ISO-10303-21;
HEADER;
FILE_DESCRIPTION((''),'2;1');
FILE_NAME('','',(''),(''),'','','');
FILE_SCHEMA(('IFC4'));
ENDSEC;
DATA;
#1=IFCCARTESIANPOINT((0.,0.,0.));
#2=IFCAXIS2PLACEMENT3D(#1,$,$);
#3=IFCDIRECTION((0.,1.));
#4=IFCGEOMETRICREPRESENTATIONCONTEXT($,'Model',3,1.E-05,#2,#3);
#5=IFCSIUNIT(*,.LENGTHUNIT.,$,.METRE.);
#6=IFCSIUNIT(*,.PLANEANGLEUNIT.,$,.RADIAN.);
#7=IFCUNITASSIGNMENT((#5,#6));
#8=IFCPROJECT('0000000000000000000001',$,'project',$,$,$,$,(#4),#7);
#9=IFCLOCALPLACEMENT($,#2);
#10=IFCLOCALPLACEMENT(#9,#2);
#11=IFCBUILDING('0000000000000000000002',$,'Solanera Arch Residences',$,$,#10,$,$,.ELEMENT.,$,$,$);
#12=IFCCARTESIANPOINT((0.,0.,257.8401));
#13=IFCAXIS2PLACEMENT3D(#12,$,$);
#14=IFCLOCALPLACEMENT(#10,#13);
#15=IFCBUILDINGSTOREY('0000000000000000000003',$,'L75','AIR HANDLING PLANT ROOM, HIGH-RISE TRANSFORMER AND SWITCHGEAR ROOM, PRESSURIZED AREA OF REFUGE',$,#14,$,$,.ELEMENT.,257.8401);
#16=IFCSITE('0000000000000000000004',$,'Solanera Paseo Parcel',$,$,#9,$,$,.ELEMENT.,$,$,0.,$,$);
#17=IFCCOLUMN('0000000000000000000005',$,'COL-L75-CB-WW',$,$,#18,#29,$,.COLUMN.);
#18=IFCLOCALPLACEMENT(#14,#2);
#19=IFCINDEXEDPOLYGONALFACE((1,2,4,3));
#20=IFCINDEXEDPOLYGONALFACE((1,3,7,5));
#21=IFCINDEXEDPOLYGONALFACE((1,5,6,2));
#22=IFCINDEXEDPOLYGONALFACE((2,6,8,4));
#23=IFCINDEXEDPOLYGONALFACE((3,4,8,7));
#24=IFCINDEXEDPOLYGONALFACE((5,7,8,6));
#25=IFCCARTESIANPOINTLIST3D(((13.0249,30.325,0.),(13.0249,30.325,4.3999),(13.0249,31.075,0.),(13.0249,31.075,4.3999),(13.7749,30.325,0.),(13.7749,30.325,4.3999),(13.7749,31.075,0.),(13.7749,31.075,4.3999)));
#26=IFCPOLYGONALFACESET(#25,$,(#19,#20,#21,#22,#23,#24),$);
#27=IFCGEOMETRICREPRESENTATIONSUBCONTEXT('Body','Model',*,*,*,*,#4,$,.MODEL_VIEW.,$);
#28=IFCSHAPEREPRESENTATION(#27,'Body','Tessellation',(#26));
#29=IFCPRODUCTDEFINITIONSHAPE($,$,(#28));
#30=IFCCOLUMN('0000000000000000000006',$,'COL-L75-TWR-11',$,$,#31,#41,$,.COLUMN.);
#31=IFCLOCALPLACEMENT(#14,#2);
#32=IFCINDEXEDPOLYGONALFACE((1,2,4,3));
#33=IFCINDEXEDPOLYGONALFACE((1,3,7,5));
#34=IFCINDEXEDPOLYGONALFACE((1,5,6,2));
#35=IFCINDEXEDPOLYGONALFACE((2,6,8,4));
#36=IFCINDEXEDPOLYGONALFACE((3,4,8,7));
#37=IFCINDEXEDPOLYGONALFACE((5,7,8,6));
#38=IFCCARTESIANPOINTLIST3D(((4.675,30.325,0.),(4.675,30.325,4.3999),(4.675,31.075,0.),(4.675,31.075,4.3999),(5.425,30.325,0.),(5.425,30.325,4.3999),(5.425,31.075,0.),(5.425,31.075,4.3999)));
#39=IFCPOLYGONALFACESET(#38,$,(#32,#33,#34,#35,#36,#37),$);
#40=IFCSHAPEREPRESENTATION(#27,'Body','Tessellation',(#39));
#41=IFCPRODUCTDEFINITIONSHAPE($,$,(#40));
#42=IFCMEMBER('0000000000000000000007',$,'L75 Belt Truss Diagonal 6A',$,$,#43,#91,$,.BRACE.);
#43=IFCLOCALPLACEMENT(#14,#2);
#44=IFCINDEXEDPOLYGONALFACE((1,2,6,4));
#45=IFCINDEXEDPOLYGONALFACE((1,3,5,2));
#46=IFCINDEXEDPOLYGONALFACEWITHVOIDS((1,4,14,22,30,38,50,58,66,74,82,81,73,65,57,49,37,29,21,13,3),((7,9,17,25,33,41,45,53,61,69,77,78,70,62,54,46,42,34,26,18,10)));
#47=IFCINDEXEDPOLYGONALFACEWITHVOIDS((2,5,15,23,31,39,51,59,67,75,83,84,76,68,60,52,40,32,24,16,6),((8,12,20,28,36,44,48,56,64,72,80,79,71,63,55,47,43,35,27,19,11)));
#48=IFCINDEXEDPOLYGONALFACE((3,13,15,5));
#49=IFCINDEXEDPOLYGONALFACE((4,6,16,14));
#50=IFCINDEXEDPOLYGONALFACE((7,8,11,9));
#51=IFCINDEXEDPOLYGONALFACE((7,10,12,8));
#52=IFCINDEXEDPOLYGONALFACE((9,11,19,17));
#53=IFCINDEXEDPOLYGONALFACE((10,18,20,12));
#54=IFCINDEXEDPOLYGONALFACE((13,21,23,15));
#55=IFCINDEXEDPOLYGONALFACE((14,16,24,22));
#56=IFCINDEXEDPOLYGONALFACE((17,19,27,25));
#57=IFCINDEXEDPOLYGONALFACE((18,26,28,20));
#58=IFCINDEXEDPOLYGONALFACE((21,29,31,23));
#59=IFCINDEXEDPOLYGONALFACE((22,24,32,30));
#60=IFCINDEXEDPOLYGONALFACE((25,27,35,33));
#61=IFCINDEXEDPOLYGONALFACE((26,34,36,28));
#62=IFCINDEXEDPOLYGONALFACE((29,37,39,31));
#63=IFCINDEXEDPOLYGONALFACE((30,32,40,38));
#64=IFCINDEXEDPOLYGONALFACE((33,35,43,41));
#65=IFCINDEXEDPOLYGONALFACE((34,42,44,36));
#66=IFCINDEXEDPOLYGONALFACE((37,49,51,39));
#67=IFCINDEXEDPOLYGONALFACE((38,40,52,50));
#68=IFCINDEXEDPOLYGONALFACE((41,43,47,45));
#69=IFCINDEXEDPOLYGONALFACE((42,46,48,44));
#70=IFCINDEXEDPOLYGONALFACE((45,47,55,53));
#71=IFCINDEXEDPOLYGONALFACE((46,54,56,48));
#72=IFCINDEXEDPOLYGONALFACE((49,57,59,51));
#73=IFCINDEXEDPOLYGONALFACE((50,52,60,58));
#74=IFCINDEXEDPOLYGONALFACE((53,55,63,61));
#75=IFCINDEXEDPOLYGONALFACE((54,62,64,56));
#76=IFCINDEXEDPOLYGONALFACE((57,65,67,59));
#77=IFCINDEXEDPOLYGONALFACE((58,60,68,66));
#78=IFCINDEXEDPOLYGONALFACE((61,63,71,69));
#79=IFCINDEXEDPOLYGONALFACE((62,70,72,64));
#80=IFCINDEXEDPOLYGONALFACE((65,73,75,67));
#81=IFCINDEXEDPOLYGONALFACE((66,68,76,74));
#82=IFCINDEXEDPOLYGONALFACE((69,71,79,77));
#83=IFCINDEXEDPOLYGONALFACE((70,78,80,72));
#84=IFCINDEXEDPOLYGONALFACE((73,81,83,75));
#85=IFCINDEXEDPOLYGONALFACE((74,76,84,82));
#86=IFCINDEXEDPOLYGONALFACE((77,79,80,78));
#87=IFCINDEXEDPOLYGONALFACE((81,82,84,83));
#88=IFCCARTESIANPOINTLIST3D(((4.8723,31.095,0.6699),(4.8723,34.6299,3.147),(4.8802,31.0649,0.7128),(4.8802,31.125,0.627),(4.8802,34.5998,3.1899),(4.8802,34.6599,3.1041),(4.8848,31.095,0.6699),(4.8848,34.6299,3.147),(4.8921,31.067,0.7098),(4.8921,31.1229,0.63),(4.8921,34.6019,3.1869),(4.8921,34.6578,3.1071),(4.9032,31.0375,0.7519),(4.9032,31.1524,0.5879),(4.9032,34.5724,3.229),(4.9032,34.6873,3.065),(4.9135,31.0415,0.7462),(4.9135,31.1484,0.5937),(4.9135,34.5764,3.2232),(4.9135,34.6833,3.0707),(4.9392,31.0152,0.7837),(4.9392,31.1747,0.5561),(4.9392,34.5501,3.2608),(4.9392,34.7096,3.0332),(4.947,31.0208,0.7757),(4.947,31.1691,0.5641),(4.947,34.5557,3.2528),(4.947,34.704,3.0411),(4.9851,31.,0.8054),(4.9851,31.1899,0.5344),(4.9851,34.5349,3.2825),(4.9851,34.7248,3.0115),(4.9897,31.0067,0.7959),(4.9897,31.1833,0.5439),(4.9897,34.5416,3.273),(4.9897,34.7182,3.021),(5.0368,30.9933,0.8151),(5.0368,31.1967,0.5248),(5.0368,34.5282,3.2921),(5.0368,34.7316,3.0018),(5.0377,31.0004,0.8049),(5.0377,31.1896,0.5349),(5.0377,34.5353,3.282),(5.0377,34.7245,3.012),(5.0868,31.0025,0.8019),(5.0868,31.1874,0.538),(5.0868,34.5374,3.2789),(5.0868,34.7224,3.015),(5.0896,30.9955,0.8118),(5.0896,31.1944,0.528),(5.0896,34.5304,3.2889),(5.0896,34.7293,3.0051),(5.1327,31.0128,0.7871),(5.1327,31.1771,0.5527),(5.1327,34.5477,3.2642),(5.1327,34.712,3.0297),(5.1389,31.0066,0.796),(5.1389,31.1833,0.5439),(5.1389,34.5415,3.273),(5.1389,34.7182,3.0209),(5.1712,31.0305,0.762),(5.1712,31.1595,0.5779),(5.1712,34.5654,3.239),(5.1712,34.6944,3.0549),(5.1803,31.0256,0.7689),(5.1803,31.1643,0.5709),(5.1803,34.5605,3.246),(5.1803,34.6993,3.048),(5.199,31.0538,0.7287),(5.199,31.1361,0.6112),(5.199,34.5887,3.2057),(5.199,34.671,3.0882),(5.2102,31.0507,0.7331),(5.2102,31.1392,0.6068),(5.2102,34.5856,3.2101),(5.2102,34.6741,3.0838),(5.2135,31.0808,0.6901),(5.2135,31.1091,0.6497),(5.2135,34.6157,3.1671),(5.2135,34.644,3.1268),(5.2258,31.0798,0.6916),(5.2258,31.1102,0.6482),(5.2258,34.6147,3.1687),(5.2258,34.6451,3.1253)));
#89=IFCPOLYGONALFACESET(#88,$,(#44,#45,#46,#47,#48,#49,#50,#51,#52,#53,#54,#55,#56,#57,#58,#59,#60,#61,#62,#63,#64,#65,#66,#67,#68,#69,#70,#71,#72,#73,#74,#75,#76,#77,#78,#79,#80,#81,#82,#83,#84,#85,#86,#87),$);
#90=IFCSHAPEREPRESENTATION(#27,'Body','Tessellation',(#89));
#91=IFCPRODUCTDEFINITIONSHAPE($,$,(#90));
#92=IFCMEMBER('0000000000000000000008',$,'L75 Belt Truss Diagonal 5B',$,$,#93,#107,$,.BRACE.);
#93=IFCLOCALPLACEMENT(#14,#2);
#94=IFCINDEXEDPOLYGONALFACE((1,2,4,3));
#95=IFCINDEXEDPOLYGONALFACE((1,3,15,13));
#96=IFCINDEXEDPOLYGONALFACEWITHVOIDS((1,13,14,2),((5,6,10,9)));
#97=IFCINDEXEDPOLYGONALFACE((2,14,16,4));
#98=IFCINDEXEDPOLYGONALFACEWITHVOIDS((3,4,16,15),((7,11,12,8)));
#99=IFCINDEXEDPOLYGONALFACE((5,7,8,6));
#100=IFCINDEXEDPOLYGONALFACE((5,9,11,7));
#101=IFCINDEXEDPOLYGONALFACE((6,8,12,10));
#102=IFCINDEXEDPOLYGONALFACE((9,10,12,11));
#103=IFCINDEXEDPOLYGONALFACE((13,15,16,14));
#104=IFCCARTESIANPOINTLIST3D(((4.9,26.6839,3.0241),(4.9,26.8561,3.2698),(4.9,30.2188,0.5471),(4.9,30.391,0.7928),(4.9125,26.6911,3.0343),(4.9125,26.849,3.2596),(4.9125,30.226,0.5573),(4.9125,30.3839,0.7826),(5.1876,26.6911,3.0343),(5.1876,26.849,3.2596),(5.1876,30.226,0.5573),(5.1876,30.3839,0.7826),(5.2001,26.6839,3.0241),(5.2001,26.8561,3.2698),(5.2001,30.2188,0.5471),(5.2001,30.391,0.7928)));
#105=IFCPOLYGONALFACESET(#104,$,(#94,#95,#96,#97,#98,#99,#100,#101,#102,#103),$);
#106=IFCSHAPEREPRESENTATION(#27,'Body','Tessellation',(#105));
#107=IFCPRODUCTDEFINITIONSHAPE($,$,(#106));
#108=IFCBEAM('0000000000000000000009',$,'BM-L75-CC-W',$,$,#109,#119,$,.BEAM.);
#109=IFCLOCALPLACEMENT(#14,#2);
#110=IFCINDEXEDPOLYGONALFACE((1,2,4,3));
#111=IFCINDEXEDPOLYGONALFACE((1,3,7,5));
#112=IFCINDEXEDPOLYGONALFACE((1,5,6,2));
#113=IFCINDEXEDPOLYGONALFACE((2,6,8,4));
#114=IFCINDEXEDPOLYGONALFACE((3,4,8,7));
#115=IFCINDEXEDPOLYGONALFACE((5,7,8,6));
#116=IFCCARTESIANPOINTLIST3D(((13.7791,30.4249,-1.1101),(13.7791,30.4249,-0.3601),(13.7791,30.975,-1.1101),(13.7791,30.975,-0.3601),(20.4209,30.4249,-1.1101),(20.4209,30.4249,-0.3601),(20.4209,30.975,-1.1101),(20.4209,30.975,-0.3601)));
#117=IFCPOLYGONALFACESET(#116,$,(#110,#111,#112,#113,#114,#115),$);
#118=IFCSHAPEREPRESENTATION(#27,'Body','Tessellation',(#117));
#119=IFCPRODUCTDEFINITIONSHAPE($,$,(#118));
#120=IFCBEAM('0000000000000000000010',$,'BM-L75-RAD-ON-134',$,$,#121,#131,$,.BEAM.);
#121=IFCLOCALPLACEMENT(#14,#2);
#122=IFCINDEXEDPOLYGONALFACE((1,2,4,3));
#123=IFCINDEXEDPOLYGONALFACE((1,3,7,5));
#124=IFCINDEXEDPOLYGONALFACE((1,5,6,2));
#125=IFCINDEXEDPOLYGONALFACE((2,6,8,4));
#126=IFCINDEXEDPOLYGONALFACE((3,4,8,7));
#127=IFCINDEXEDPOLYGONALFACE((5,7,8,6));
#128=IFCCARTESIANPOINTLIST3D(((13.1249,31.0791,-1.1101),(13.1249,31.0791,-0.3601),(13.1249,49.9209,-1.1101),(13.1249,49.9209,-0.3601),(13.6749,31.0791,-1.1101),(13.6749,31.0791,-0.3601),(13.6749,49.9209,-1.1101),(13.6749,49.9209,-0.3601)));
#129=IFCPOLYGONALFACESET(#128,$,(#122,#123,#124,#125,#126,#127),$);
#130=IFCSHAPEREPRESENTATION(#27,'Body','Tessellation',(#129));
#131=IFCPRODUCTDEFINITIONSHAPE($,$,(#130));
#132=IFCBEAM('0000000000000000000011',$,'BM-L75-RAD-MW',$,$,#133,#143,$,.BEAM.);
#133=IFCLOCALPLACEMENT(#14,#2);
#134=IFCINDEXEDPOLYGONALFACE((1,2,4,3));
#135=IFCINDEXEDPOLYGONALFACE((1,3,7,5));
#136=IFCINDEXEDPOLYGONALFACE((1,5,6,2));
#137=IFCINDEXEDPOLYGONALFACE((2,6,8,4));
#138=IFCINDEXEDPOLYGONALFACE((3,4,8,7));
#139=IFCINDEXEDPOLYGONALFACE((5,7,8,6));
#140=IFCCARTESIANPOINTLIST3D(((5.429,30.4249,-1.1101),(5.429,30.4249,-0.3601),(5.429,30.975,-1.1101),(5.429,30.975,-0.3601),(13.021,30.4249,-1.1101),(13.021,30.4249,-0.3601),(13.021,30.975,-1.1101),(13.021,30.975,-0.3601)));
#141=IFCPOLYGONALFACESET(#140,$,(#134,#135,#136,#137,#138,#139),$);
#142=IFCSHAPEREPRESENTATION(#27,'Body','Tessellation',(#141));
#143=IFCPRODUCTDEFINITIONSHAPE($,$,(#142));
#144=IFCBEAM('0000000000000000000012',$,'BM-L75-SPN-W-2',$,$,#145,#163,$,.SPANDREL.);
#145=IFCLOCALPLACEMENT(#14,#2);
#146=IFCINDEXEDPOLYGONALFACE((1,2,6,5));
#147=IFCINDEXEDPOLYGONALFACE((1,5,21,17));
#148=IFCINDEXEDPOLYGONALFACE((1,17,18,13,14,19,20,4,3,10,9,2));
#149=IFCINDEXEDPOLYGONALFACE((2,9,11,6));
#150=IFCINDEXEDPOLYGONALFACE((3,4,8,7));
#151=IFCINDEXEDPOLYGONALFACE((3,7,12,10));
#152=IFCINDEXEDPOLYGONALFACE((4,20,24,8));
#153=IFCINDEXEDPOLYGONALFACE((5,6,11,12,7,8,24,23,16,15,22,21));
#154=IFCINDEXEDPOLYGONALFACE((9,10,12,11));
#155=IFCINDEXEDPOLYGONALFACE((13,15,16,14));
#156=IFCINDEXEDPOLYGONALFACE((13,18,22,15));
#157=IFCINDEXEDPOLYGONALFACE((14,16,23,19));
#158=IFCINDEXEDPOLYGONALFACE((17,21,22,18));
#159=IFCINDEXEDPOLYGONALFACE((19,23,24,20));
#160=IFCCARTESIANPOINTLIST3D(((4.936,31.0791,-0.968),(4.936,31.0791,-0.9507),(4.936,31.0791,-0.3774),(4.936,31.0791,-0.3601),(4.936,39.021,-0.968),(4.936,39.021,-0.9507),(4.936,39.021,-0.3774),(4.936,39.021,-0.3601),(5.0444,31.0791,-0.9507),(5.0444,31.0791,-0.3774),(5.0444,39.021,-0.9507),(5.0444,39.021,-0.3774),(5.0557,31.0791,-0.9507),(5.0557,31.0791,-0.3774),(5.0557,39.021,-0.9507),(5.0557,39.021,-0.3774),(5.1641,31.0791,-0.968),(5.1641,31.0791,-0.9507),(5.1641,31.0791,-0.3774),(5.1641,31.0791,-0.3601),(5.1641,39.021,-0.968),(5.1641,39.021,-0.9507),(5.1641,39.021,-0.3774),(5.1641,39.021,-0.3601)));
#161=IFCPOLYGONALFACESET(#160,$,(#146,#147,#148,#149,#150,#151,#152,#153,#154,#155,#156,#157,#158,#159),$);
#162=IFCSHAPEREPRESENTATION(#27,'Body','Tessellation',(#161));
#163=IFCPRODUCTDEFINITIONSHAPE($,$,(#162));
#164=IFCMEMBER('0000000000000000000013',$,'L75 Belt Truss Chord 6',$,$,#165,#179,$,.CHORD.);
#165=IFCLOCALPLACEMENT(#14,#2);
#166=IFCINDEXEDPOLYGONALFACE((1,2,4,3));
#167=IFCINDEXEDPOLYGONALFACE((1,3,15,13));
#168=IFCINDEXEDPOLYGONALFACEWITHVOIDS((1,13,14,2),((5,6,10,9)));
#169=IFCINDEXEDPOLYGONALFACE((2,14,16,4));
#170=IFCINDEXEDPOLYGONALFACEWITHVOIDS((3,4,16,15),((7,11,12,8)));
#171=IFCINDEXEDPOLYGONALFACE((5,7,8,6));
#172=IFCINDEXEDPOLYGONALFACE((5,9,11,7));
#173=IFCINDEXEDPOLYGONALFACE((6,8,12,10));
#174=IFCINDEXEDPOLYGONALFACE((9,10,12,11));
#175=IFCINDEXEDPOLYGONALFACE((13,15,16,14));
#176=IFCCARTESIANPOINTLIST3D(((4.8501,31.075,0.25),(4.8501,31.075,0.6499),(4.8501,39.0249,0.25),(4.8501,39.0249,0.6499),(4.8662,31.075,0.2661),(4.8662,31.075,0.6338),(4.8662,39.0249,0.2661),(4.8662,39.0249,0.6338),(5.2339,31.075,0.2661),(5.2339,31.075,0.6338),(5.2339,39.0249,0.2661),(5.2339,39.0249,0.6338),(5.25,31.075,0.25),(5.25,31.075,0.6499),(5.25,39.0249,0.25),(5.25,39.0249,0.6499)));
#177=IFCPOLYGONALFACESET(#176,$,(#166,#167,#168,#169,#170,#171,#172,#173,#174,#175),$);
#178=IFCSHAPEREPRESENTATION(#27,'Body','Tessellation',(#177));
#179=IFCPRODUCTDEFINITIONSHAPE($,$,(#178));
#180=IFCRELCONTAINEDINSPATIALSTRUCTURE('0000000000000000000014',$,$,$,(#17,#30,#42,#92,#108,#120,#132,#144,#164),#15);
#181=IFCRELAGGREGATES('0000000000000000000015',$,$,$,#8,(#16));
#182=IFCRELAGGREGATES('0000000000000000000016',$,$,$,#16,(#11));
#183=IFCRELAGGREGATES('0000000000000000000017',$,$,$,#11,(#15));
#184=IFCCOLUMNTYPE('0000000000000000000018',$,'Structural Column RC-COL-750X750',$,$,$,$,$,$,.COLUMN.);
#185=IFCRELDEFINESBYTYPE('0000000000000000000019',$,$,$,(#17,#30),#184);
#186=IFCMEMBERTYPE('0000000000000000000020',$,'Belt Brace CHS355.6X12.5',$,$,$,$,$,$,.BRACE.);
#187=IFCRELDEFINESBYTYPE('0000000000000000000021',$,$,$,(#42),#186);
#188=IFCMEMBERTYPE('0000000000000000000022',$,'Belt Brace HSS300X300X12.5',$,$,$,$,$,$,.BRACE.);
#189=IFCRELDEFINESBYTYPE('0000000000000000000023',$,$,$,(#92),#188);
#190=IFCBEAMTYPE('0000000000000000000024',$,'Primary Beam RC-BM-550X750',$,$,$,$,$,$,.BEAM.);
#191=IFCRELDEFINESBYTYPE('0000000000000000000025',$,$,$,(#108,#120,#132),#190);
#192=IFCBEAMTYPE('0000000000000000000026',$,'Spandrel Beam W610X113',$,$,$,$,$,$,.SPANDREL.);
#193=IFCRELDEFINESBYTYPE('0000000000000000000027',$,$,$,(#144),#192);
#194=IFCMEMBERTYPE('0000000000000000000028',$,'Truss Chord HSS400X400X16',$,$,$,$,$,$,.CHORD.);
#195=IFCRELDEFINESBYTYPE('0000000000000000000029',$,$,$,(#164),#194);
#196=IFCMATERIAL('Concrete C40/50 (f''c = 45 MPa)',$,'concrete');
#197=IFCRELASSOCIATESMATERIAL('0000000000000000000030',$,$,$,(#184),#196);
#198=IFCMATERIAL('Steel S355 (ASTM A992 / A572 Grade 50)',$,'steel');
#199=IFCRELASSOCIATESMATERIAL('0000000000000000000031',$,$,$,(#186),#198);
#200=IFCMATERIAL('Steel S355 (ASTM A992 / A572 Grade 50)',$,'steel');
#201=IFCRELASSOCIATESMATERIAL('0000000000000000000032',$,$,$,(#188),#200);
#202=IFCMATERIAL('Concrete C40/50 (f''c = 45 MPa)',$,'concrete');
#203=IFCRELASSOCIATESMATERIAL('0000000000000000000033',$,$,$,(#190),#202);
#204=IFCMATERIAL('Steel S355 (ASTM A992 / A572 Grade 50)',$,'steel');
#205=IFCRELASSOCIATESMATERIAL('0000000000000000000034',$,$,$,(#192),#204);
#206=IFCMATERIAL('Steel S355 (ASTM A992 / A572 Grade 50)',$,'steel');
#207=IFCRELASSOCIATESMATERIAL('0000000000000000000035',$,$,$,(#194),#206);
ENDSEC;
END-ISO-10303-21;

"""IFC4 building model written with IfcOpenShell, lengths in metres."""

from ifc_helpers import new_model, si_unit, direction, frame, origin, origin_2d, place, context, subcontext, project, spatial, rectangle, hollow_rectangle, hollow_circle, i_section, extrude, material, material_profile, profile_set, type_object, element, save


model = new_model("IFC4")

# Units and contexts
model_context = context("Model", 3, precision=1e-05, world=origin(), true_north=direction((0.0, 1.0)))
body_context = subcontext(model_context, "Body", "Model", "MODEL_VIEW")
ifc_project = project(units=[si_unit("LENGTHUNIT", "METRE"), si_unit("PLANEANGLEUNIT", "RADIAN")], contexts=[model_context])

# Site, building, storey
site_placement = place(None, origin())
site = spatial("IfcSite", under=ifc_project, at=site_placement, Name="Solanera Paseo Parcel", CompositionType="ELEMENT", RefElevation=0.0)
building_placement = place(site_placement, origin())
building = spatial("IfcBuilding", under=site, at=building_placement, Name="Solanera Arch Residences", CompositionType="ELEMENT")
storey_placement = place(building_placement, frame((0.0, 0.0, 257.8401)))
storey = spatial("IfcBuildingStorey", under=building, at=storey_placement, Name="L75", Description="AIR HANDLING PLANT ROOM, HIGH-RISE TRANSFORMER AND SWITCHGEAR ROOM, PRESSURIZED AREA OF REFUGE", CompositionType="ELEMENT", Elevation=257.8401)

# Columns
ifc_material_1 = material(Name="Concrete C40/50 (f'c = 45 MPa)", Category="concrete")
ifc_material_profile_1 = material_profile(ifc_material_1, rectangle(XDim=0.75, YDim=0.75, at=origin_2d()))
ifc_profile_set_1 = profile_set([ifc_material_profile_1], Name="Concrete C40/50 (f'c = 45 MPa)")
column_type = type_object("IfcColumnType", Name="Structural Column RC-COL-750X750", PredefinedType="COLUMN", material=ifc_profile_set_1)
for number, where, z_axis, x_axis, name in (
    (1, (13.3999, 30.7, 0.0), (0.0, 0.0, 1.0), (1.0, 0.0, 0.0), "COL-L75-CB-WW"),
    (2, (5.05, 30.7, 0.0), (0.0, 0.0, 1.0), (1.0, 0.0, 0.0), "COL-L75-TWR-11"),
):
    element("IfcColumn", number, at=place(storey_placement, frame(where, z_axis=z_axis, x_axis=x_axis)), inside=storey, type_object=column_type, Name=name, PredefinedType="COLUMN", context=body_context, shape_type="SweptSolid", body=[
        extrude(rectangle(XDim=0.75, YDim=0.75, at=origin_2d()), origin(), (0.0, 0.0, 1.0), 4.3999),
    ])

# Members
ifc_material_2 = material(Name="Steel S355 (ASTM A992 / A572 Grade 50)", Category="steel")
ifc_material_profile_2 = material_profile(ifc_material_2, hollow_circle(Radius=0.1777, WallThickness=0.0125, at=origin_2d()))
ifc_profile_set_2 = profile_set([ifc_material_profile_2], Name="Steel S355 (ASTM A992 / A572 Grade 50)")
member_type_1 = type_object("IfcMemberType", Name="Belt Brace CHS355.6X12.5", PredefinedType="BRACE", material=ifc_profile_set_2)
member_1_placement = place(storey_placement, frame((5.05, 31.095, 0.6699), z_axis=(0.0, 0.818947, 0.573868), x_axis=(-1.0, 0.0, 0.0)))
element("IfcMember", 3, at=member_1_placement, inside=storey, type_object=member_type_1, Name="L75 Belt Truss Diagonal 6A", PredefinedType="BRACE", context=body_context, shape_type="SweptSolid", body=[
    extrude(hollow_circle(Radius=0.1777, WallThickness=0.0125, at=origin_2d()), origin(), (0.0, 0.0, 1.0), 4.3164),
])
ifc_material_3 = material(Name="Steel S355 (ASTM A992 / A572 Grade 50)", Category="steel")
ifc_material_profile_3 = material_profile(ifc_material_3, hollow_rectangle(XDim=0.3, YDim=0.3, WallThickness=0.0125, at=origin_2d()))
ifc_profile_set_3 = profile_set([ifc_material_profile_3], Name="Steel S355 (ASTM A992 / A572 Grade 50)")
member_type_2 = type_object("IfcMemberType", Name="Belt Brace HSS300X300X12.5", PredefinedType="BRACE", material=ifc_profile_set_3)
member_2_placement = place(storey_placement, frame((5.05, 30.3049, 0.6699), z_axis=(0.0, -0.818947, 0.573868), x_axis=(1.0, 0.0, 0.0)))
element("IfcMember", 4, at=member_2_placement, inside=storey, type_object=member_type_2, Name="L75 Belt Truss Diagonal 5B", PredefinedType="BRACE", context=body_context, shape_type="SweptSolid", body=[
    extrude(hollow_rectangle(XDim=0.3, YDim=0.3, WallThickness=0.0125, at=origin_2d()), origin(), (0.0, 0.0, 1.0), 4.3164),
])

# Beams
ifc_material_4 = material(Name="Concrete C40/50 (f'c = 45 MPa)", Category="concrete")
ifc_material_profile_4 = material_profile(ifc_material_4, rectangle(XDim=0.55, YDim=0.75, at=origin_2d()))
ifc_profile_set_4 = profile_set([ifc_material_profile_4], Name="Concrete C40/50 (f'c = 45 MPa)")
beam_type_1 = type_object("IfcBeamType", Name="Primary Beam RC-BM-550X750", PredefinedType="BEAM", material=ifc_profile_set_4)
beam_1_placement = place(storey_placement, frame((13.7791, 30.7, -0.7351), z_axis=(1.0, 0.0, 0.0), x_axis=(0.0, 1.0, 0.0)))
element("IfcBeam", 5, at=beam_1_placement, inside=storey, type_object=beam_type_1, Name="BM-L75-CC-W", PredefinedType="BEAM", context=body_context, shape_type="SweptSolid", body=[
    extrude(rectangle(XDim=0.55, YDim=0.75, at=origin_2d()), origin(), (0.0, 0.0, 1.0), 6.6418),
])
beam_2_placement = place(storey_placement, frame((13.3999, 31.0791, -0.7351), z_axis=(0.0, 1.0, 0.0), x_axis=(-1.0, 0.0, 0.0)))
element("IfcBeam", 6, at=beam_2_placement, inside=storey, type_object=beam_type_1, Name="BM-L75-RAD-ON-134", PredefinedType="BEAM", context=body_context, shape_type="SweptSolid", body=[
    extrude(rectangle(XDim=0.55, YDim=0.75, at=origin_2d()), origin(), (0.0, 0.0, 1.0), 18.8418),
])
beam_3_placement = place(storey_placement, frame((5.429, 30.7, -0.7351), z_axis=(1.0, 0.0, 0.0), x_axis=(0.0, 1.0, 0.0)))
element("IfcBeam", 7, at=beam_3_placement, inside=storey, type_object=beam_type_1, Name="BM-L75-RAD-MW", PredefinedType="BEAM", context=body_context, shape_type="SweptSolid", body=[
    extrude(rectangle(XDim=0.55, YDim=0.75, at=origin_2d()), origin(), (0.0, 0.0, 1.0), 7.592),
])
ifc_material_5 = material(Name="Steel S355 (ASTM A992 / A572 Grade 50)", Category="steel")
ifc_material_profile_5 = material_profile(ifc_material_5, i_section(OverallWidth=0.228, OverallDepth=0.6079, WebThickness=0.0112, FlangeThickness=0.0173, at=origin_2d()))
ifc_profile_set_5 = profile_set([ifc_material_profile_5], Name="Steel S355 (ASTM A992 / A572 Grade 50)")
beam_type_2 = type_object("IfcBeamType", Name="Spandrel Beam W610X113", PredefinedType="SPANDREL", material=ifc_profile_set_5)
beam_4_placement = place(storey_placement, frame((5.05, 31.0791, -0.6641), z_axis=(0.0, 1.0, 0.0), x_axis=(-1.0, 0.0, 0.0)))
element("IfcBeam", 8, at=beam_4_placement, inside=storey, type_object=beam_type_2, Name="BM-L75-SPN-W-2", PredefinedType="SPANDREL", context=body_context, shape_type="SweptSolid", body=[
    extrude(i_section(OverallWidth=0.228, OverallDepth=0.6079, WebThickness=0.0112, FlangeThickness=0.0173, at=origin_2d()), origin(), (0.0, 0.0, 1.0), 7.9419),
])

# Member
ifc_material_6 = material(Name="Steel S355 (ASTM A992 / A572 Grade 50)", Category="steel")
ifc_material_profile_6 = material_profile(ifc_material_6, hollow_rectangle(XDim=0.3999, YDim=0.3999, WallThickness=0.0161, at=origin_2d()))
ifc_profile_set_6 = profile_set([ifc_material_profile_6], Name="Steel S355 (ASTM A992 / A572 Grade 50)")
member_type_3 = type_object("IfcMemberType", Name="Truss Chord HSS400X400X16", PredefinedType="CHORD", material=ifc_profile_set_6)
member_3_placement = place(storey_placement, frame((5.05, 31.075, 0.45), z_axis=(0.0, 1.0, 0.0), x_axis=(-1.0, 0.0, 0.0)))
element("IfcMember", 9, at=member_3_placement, inside=storey, type_object=member_type_3, Name="L75 Belt Truss Chord 6", PredefinedType="CHORD", context=body_context, shape_type="SweptSolid", body=[
    extrude(hollow_rectangle(XDim=0.3999, YDim=0.3999, WallThickness=0.0161, at=origin_2d()), origin(), (0.0, 0.0, 1.0), 7.95),
])

save(model, "model.ifc")
